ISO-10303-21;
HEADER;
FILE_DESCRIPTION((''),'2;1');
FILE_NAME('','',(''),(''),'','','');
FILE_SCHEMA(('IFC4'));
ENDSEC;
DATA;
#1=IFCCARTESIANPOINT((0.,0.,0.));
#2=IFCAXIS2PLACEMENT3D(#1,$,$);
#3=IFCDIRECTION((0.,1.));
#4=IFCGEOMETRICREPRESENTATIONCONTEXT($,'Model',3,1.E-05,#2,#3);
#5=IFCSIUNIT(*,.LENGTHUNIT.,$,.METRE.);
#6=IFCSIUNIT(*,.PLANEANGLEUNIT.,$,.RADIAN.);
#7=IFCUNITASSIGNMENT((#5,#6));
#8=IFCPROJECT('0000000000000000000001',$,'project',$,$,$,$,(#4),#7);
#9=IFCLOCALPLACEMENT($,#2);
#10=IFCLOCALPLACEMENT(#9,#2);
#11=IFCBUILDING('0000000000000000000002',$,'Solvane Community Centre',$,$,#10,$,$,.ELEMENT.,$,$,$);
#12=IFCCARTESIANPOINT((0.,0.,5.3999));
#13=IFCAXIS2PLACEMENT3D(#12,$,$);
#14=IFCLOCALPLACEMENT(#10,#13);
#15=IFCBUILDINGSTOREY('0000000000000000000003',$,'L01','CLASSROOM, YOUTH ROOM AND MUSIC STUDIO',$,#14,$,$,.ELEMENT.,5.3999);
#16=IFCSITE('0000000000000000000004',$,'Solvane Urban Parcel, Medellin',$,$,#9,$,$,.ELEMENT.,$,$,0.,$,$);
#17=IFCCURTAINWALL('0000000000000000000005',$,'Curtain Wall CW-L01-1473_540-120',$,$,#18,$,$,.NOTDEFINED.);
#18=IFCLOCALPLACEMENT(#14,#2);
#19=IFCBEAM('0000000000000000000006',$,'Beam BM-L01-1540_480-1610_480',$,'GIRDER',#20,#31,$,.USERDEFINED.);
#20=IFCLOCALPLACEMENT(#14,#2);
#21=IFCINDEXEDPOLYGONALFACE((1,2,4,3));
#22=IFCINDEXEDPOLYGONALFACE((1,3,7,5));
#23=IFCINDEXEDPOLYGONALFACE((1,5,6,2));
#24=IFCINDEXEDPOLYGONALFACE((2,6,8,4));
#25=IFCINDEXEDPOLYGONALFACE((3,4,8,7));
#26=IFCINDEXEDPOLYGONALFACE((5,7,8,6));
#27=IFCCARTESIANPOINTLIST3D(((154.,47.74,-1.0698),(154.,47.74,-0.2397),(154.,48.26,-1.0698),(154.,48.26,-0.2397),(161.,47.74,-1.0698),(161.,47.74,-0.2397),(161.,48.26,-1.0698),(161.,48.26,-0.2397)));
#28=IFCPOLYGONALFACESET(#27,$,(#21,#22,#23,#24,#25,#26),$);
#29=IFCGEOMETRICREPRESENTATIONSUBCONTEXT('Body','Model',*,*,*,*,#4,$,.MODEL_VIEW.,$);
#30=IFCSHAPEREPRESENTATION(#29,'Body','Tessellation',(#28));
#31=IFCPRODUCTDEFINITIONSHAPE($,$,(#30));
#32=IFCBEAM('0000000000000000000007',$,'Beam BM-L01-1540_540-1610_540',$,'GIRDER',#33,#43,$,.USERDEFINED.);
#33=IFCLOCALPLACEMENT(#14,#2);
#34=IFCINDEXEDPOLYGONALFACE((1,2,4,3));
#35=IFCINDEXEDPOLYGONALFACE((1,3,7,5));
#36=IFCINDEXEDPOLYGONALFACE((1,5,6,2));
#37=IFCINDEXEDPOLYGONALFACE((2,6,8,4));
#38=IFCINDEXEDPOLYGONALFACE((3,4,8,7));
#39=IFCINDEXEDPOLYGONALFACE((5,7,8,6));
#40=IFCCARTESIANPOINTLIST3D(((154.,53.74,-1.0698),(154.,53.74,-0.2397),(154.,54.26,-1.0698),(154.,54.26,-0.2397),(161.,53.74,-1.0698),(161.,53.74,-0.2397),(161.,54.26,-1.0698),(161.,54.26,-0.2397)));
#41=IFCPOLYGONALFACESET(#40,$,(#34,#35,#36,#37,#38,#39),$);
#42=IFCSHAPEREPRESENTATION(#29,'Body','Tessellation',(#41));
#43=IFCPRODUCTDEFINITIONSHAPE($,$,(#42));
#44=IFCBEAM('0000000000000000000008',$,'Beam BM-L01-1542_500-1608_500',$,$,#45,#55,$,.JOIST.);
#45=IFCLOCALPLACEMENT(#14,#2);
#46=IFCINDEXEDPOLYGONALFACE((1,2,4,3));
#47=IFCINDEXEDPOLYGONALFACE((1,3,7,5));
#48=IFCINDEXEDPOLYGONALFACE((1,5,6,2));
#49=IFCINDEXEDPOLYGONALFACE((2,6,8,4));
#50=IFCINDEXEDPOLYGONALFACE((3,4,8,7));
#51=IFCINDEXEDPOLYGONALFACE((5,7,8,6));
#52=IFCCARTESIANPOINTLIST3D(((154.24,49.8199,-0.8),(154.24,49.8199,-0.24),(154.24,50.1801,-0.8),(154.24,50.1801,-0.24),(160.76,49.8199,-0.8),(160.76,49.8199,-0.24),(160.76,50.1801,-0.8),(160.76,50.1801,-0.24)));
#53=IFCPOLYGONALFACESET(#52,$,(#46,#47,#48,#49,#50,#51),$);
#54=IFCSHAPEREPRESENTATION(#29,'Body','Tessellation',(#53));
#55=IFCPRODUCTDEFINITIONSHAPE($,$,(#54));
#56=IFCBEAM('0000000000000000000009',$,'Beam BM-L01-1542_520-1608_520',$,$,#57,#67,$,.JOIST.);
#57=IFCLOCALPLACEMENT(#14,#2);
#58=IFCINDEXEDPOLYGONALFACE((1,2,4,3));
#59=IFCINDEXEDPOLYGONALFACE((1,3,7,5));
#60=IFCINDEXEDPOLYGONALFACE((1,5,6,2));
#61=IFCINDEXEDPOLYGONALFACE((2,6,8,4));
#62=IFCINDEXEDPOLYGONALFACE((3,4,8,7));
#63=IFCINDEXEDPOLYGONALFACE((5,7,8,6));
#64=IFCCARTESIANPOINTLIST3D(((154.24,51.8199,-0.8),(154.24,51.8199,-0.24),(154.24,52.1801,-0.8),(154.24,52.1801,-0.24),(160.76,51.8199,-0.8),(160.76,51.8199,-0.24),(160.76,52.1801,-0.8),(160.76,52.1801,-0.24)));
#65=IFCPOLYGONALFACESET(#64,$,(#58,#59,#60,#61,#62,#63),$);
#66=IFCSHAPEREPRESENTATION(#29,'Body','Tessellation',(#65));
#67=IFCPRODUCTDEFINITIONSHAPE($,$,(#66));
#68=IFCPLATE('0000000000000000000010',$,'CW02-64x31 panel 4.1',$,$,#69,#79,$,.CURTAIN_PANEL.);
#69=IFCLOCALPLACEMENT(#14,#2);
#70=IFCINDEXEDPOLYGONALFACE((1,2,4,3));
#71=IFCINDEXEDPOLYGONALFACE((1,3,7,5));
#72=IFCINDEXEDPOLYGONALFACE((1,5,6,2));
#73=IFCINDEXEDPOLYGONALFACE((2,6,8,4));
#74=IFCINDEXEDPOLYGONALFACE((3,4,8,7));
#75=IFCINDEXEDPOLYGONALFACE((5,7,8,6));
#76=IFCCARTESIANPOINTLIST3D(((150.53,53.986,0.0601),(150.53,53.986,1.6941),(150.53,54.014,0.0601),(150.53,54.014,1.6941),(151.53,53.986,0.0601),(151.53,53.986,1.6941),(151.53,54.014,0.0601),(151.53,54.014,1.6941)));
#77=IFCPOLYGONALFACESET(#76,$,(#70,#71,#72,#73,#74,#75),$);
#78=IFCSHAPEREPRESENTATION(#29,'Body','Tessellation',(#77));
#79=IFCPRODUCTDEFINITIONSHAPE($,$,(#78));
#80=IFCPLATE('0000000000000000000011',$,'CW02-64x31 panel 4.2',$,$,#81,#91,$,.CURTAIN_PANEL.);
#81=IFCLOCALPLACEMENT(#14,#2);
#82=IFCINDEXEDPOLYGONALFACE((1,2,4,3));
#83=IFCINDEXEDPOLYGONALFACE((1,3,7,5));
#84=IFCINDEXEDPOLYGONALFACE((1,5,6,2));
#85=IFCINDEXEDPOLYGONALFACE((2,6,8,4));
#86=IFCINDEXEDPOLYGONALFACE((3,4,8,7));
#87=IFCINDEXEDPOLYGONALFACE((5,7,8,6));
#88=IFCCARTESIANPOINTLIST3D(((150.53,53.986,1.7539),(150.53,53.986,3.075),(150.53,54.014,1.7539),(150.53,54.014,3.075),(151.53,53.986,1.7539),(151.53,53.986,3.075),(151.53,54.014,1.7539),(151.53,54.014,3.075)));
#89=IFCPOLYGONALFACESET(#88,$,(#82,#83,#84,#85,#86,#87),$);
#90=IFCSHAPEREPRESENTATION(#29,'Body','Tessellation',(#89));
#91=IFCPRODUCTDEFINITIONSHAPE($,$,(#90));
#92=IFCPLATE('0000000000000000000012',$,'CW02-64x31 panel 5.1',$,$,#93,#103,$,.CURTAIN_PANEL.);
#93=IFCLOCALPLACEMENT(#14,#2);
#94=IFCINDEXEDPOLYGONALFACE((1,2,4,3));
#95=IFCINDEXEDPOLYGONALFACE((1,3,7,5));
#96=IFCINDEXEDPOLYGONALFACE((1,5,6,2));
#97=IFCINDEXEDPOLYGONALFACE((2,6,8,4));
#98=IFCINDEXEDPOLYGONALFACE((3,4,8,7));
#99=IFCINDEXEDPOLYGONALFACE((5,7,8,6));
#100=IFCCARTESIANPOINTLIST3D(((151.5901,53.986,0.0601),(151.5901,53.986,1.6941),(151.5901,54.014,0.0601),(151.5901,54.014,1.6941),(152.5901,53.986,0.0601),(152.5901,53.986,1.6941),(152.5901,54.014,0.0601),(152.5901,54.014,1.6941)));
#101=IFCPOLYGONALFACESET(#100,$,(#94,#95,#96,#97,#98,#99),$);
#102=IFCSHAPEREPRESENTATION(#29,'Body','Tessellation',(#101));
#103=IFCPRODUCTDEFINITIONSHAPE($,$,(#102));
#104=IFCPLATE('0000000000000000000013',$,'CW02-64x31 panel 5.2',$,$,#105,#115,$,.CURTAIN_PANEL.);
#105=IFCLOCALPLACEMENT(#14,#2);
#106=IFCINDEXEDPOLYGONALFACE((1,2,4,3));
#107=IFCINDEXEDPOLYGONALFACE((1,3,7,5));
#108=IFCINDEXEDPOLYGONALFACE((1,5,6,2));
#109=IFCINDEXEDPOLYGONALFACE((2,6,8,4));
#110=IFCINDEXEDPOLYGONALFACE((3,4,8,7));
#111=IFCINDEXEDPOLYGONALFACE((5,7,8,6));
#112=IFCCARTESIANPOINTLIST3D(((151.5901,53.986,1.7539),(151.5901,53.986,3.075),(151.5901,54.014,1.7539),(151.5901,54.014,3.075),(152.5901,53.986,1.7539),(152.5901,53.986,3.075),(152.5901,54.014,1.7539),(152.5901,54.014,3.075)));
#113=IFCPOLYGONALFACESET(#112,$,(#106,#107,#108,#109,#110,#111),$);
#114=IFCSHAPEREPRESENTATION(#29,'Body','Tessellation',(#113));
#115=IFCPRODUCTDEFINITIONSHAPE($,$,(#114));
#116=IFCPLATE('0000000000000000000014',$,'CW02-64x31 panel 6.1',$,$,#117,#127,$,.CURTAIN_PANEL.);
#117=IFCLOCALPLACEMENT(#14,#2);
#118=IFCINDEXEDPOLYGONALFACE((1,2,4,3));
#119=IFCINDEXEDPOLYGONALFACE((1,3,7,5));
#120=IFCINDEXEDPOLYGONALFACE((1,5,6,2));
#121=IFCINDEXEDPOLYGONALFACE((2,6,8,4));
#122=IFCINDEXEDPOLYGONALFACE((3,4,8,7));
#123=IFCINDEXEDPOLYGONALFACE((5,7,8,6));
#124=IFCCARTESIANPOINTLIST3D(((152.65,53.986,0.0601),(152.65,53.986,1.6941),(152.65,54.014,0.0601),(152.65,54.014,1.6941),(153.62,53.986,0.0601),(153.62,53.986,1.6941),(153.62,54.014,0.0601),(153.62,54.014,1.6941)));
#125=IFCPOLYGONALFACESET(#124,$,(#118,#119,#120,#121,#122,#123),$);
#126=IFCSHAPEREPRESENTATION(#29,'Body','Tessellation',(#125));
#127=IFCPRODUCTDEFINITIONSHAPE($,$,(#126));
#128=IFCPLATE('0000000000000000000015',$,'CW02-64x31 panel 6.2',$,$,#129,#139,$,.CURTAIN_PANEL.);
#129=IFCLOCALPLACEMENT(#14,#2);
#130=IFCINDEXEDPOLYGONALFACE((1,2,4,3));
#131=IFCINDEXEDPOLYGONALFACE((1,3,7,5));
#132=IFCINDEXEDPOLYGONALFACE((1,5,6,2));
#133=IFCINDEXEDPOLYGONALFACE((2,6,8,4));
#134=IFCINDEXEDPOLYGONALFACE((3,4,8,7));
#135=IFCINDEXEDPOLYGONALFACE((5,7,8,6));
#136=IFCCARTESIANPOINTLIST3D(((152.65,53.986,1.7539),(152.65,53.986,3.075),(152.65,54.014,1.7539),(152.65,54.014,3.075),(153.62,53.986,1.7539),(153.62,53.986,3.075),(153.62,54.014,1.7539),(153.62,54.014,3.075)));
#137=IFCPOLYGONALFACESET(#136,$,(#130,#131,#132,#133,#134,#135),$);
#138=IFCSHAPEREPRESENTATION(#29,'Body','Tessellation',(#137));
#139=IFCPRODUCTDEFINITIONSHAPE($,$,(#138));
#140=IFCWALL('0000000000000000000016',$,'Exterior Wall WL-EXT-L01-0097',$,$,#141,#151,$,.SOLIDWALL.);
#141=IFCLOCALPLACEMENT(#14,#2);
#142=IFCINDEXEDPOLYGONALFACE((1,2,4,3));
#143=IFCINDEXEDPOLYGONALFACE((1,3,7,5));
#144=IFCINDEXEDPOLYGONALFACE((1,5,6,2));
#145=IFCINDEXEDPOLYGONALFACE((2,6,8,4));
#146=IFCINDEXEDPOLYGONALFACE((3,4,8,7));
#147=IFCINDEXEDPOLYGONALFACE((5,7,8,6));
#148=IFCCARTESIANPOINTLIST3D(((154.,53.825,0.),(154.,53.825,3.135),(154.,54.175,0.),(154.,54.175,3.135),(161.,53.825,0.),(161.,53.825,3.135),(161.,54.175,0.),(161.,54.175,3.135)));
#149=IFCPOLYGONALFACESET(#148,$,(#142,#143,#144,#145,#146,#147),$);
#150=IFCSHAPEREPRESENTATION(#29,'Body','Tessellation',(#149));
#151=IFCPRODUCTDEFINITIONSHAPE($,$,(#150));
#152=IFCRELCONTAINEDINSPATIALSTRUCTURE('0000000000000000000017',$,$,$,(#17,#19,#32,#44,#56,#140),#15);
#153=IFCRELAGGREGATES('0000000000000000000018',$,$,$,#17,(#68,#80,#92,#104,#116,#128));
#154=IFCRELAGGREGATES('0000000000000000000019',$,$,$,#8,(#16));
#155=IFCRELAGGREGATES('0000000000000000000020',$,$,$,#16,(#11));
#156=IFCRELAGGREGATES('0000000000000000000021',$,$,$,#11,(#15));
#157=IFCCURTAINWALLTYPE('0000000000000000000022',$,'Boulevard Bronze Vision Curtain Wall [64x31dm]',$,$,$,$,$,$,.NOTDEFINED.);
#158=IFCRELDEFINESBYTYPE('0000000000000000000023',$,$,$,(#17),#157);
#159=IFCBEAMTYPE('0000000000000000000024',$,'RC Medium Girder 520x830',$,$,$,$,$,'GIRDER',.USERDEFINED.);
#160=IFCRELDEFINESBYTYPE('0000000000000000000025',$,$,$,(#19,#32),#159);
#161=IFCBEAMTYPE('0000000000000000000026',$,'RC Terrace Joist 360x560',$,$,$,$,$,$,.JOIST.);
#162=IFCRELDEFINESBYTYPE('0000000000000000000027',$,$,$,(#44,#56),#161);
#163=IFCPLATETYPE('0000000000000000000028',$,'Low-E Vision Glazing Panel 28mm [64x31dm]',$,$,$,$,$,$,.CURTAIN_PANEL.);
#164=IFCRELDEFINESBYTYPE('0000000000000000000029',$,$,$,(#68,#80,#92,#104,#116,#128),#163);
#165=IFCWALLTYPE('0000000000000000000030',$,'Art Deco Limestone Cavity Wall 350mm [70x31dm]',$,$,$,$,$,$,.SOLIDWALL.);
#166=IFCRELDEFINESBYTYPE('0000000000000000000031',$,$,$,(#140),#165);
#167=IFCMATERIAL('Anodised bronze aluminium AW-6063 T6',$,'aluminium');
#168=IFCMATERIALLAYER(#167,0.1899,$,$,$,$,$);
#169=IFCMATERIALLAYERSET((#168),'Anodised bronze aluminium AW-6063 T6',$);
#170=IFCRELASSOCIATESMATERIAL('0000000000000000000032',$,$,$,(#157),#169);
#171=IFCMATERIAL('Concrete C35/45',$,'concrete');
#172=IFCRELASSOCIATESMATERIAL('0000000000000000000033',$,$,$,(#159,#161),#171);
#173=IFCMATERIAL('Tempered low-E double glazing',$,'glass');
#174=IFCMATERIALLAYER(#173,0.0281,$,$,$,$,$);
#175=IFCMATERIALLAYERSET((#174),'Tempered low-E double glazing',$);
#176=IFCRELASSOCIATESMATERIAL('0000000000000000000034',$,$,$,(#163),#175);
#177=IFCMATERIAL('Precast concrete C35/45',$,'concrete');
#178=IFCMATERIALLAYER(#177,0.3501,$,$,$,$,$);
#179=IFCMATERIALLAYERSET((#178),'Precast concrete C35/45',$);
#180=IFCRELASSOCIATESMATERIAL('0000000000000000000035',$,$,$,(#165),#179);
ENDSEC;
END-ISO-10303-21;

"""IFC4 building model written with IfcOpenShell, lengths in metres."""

from ifc_helpers import new_model, si_unit, direction, frame, frame_2d, origin, origin_2d, place, context, subcontext, project, spatial, rectangle, extrude, material, layer, layer_set, material_profile, profile_set, type_object, element, aggregate, save


model = new_model("IFC4")

# Units and contexts
model_context = context("Model", 3, precision=1e-05, world=origin(), true_north=direction((0.0, 1.0)))
body_context = subcontext(model_context, "Body", "Model", "MODEL_VIEW")
ifc_project = project(units=[si_unit("LENGTHUNIT", "METRE"), si_unit("PLANEANGLEUNIT", "RADIAN")], contexts=[model_context])

# Site, building, storey
site_placement = place(None, origin())
site = spatial("IfcSite", under=ifc_project, at=site_placement, Name="Solvane Urban Parcel, Medellin", CompositionType="ELEMENT", RefElevation=0.0)
building_placement = place(site_placement, origin())
building = spatial("IfcBuilding", under=site, at=building_placement, Name="Solvane Community Centre", CompositionType="ELEMENT")
storey_placement = place(building_placement, frame((0.0, 0.0, 5.3999)))
storey = spatial("IfcBuildingStorey", under=building, at=storey_placement, Name="L01", Description="CLASSROOM, YOUTH ROOM AND MUSIC STUDIO", CompositionType="ELEMENT", Elevation=5.3999)

# Shared definitions
ifc_material_1 = material(Name="Concrete C35/45", Category="concrete")

# Curtain wall
ifc_material_2 = material(Name="Anodised bronze aluminium AW-6063 T6", Category="aluminium")
ifc_layer_1 = layer(ifc_material_2, 0.1899)
ifc_layer_set_1 = layer_set([ifc_layer_1], Name="Anodised bronze aluminium AW-6063 T6")
curtain_wall_type = type_object("IfcCurtainWallType", Name="Boulevard Bronze Vision Curtain Wall [64x31dm]", PredefinedType="NOTDEFINED", material=ifc_layer_set_1)
curtain_wall_placement = place(storey_placement, origin())
curtain_wall = element("IfcCurtainWall", 1, at=curtain_wall_placement, inside=storey, type_object=curtain_wall_type, Name="Curtain Wall CW-L01-1473_540-120", PredefinedType="NOTDEFINED")

# Beams
ifc_material_profile_1 = material_profile(ifc_material_1, rectangle(XDim=0.52, YDim=0.8301, at=origin_2d()), Name="RC 520x830")
ifc_profile_set_1 = profile_set([ifc_material_profile_1], Name="Concrete C35/45")
beam_type_1 = type_object("IfcBeamType", Name="RC Medium Girder 520x830", ElementType="GIRDER", PredefinedType="USERDEFINED", material=ifc_profile_set_1)
for number, where, z_axis, x_axis, name in (
    (2, (154.0, 48.0, -0.6548), (1.0, 0.0, 0.0), (0.0, 1.0, 0.0), "Beam BM-L01-1540_480-1610_480"),
    (3, (154.0, 54.0, -0.6548), (1.0, 0.0, 0.0), (0.0, 1.0, 0.0), "Beam BM-L01-1540_540-1610_540"),
):
    element("IfcBeam", number, at=place(storey_placement, frame(where, z_axis=z_axis, x_axis=x_axis)), inside=storey, type_object=beam_type_1, Name=name, ObjectType="GIRDER", PredefinedType="USERDEFINED", context=body_context, shape_type="SweptSolid", body=[
        extrude(rectangle(XDim=0.52, YDim=0.8301, at=origin_2d()), origin(), (0.0, 0.0, 1.0), 7.0),
    ])
ifc_material_profile_2 = material_profile(ifc_material_1, rectangle(XDim=0.3601, YDim=0.5601, at=origin_2d()), Name="RC 360x560")
ifc_profile_set_2 = profile_set([ifc_material_profile_2], Name="Concrete C35/45")
beam_type_2 = type_object("IfcBeamType", Name="RC Terrace Joist 360x560", PredefinedType="JOIST", material=ifc_profile_set_2)
for number, where, z_axis, x_axis, name in (
    (4, (154.24, 50.0, -0.52), (1.0, 0.0, 0.0), (0.0, 1.0, 0.0), "Beam BM-L01-1542_500-1608_500"),
    (5, (154.24, 52.0, -0.52), (1.0, 0.0, 0.0), (0.0, 1.0, 0.0), "Beam BM-L01-1542_520-1608_520"),
):
    element("IfcBeam", number, at=place(storey_placement, frame(where, z_axis=z_axis, x_axis=x_axis)), inside=storey, type_object=beam_type_2, Name=name, PredefinedType="JOIST", context=body_context, shape_type="SweptSolid", body=[
        extrude(rectangle(XDim=0.3601, YDim=0.5601, at=origin_2d()), origin(), (0.0, 0.0, 1.0), 6.52),
    ])

# Plates
ifc_material_3 = material(Name="Tempered low-E double glazing", Category="glass")
ifc_layer_2 = layer(ifc_material_3, 0.0281)
ifc_layer_set_2 = layer_set([ifc_layer_2], Name="Tempered low-E double glazing")
plate_type = type_object("IfcPlateType", Name="Low-E Vision Glazing Panel 28mm [64x31dm]", PredefinedType="CURTAIN_PANEL", material=ifc_layer_set_2)
plate_1_placement = place(storey_placement, frame((151.03, 54.0, 0.0601), z_axis=(0.0, 0.0, 1.0), x_axis=(1.0, 0.0, 0.0)))
plate_1 = element("IfcPlate", 6, at=plate_1_placement, type_object=plate_type, Name="CW02-64x31 panel 4.1", PredefinedType="CURTAIN_PANEL", context=body_context, shape_type="SweptSolid", body=[
    extrude(rectangle(XDim=1.0, YDim=0.0281, at=origin_2d()), origin(), (0.0, 0.0, 1.0), 1.634),
])
plate_2_placement = place(storey_placement, frame((151.03, 54.0, 1.7539), z_axis=(0.0, 0.0, 1.0), x_axis=(1.0, 0.0, 0.0)))
plate_2 = element("IfcPlate", 7, at=plate_2_placement, type_object=plate_type, Name="CW02-64x31 panel 4.2", PredefinedType="CURTAIN_PANEL", context=body_context, shape_type="SweptSolid", body=[
    extrude(rectangle(XDim=1.0, YDim=0.0281, at=origin_2d()), origin(), (0.0, 0.0, 1.0), 1.321),
])
plate_3_placement = place(storey_placement, frame((152.0901, 54.0, 0.0601), z_axis=(0.0, 0.0, 1.0), x_axis=(1.0, 0.0, 0.0)))
plate_3 = element("IfcPlate", 8, at=plate_3_placement, type_object=plate_type, Name="CW02-64x31 panel 5.1", PredefinedType="CURTAIN_PANEL", context=body_context, shape_type="SweptSolid", body=[
    extrude(rectangle(XDim=1.0, YDim=0.0281, at=origin_2d()), origin(), (0.0, 0.0, 1.0), 1.634),
])
plate_4_placement = place(storey_placement, frame((152.0901, 54.0, 1.7539), z_axis=(0.0, 0.0, 1.0), x_axis=(1.0, 0.0, 0.0)))
plate_4 = element("IfcPlate", 9, at=plate_4_placement, type_object=plate_type, Name="CW02-64x31 panel 5.2", PredefinedType="CURTAIN_PANEL", context=body_context, shape_type="SweptSolid", body=[
    extrude(rectangle(XDim=1.0, YDim=0.0281, at=origin_2d()), origin(), (0.0, 0.0, 1.0), 1.321),
])
plate_5_placement = place(storey_placement, frame((153.135, 54.0, 0.0601), z_axis=(0.0, 0.0, 1.0), x_axis=(1.0, 0.0, 0.0)))
plate_5 = element("IfcPlate", 10, at=plate_5_placement, type_object=plate_type, Name="CW02-64x31 panel 6.1", PredefinedType="CURTAIN_PANEL", context=body_context, shape_type="SweptSolid", body=[
    extrude(rectangle(XDim=0.97, YDim=0.0281, at=origin_2d()), origin(), (0.0, 0.0, 1.0), 1.634),
])
plate_6_placement = place(storey_placement, frame((153.135, 54.0, 1.7539), z_axis=(0.0, 0.0, 1.0), x_axis=(1.0, 0.0, 0.0)))
plate_6 = element("IfcPlate", 11, at=plate_6_placement, type_object=plate_type, Name="CW02-64x31 panel 6.2", PredefinedType="CURTAIN_PANEL", context=body_context, shape_type="SweptSolid", body=[
    extrude(rectangle(XDim=0.97, YDim=0.0281, at=origin_2d()), origin(), (0.0, 0.0, 1.0), 1.321),
])
aggregate(curtain_wall, [plate_1, plate_2, plate_3, plate_4, plate_5, plate_6])

# Wall
ifc_material_4 = material(Name="Precast concrete C35/45", Category="concrete")
ifc_layer_3 = layer(ifc_material_4, 0.3501)
ifc_layer_set_3 = layer_set([ifc_layer_3], Name="Precast concrete C35/45")
wall_type = type_object("IfcWallType", Name="Art Deco Limestone Cavity Wall 350mm [70x31dm]", PredefinedType="SOLIDWALL", material=ifc_layer_set_3)
wall_placement = place(storey_placement, frame((154.0, 54.0, 0.0), z_axis=(0.0, 0.0, 1.0), x_axis=(1.0, 0.0, 0.0)))
element("IfcWall", 12, at=wall_placement, inside=storey, type_object=wall_type, Name="Exterior Wall WL-EXT-L01-0097", PredefinedType="SOLIDWALL", context=body_context, shape_type="SweptSolid", body=[
    extrude(rectangle(XDim=7.0, YDim=0.3501, at=frame_2d((3.5, 0.0))), origin(), (0.0, 0.0, 1.0), 3.135),
])

save(model, "model.ifc")
